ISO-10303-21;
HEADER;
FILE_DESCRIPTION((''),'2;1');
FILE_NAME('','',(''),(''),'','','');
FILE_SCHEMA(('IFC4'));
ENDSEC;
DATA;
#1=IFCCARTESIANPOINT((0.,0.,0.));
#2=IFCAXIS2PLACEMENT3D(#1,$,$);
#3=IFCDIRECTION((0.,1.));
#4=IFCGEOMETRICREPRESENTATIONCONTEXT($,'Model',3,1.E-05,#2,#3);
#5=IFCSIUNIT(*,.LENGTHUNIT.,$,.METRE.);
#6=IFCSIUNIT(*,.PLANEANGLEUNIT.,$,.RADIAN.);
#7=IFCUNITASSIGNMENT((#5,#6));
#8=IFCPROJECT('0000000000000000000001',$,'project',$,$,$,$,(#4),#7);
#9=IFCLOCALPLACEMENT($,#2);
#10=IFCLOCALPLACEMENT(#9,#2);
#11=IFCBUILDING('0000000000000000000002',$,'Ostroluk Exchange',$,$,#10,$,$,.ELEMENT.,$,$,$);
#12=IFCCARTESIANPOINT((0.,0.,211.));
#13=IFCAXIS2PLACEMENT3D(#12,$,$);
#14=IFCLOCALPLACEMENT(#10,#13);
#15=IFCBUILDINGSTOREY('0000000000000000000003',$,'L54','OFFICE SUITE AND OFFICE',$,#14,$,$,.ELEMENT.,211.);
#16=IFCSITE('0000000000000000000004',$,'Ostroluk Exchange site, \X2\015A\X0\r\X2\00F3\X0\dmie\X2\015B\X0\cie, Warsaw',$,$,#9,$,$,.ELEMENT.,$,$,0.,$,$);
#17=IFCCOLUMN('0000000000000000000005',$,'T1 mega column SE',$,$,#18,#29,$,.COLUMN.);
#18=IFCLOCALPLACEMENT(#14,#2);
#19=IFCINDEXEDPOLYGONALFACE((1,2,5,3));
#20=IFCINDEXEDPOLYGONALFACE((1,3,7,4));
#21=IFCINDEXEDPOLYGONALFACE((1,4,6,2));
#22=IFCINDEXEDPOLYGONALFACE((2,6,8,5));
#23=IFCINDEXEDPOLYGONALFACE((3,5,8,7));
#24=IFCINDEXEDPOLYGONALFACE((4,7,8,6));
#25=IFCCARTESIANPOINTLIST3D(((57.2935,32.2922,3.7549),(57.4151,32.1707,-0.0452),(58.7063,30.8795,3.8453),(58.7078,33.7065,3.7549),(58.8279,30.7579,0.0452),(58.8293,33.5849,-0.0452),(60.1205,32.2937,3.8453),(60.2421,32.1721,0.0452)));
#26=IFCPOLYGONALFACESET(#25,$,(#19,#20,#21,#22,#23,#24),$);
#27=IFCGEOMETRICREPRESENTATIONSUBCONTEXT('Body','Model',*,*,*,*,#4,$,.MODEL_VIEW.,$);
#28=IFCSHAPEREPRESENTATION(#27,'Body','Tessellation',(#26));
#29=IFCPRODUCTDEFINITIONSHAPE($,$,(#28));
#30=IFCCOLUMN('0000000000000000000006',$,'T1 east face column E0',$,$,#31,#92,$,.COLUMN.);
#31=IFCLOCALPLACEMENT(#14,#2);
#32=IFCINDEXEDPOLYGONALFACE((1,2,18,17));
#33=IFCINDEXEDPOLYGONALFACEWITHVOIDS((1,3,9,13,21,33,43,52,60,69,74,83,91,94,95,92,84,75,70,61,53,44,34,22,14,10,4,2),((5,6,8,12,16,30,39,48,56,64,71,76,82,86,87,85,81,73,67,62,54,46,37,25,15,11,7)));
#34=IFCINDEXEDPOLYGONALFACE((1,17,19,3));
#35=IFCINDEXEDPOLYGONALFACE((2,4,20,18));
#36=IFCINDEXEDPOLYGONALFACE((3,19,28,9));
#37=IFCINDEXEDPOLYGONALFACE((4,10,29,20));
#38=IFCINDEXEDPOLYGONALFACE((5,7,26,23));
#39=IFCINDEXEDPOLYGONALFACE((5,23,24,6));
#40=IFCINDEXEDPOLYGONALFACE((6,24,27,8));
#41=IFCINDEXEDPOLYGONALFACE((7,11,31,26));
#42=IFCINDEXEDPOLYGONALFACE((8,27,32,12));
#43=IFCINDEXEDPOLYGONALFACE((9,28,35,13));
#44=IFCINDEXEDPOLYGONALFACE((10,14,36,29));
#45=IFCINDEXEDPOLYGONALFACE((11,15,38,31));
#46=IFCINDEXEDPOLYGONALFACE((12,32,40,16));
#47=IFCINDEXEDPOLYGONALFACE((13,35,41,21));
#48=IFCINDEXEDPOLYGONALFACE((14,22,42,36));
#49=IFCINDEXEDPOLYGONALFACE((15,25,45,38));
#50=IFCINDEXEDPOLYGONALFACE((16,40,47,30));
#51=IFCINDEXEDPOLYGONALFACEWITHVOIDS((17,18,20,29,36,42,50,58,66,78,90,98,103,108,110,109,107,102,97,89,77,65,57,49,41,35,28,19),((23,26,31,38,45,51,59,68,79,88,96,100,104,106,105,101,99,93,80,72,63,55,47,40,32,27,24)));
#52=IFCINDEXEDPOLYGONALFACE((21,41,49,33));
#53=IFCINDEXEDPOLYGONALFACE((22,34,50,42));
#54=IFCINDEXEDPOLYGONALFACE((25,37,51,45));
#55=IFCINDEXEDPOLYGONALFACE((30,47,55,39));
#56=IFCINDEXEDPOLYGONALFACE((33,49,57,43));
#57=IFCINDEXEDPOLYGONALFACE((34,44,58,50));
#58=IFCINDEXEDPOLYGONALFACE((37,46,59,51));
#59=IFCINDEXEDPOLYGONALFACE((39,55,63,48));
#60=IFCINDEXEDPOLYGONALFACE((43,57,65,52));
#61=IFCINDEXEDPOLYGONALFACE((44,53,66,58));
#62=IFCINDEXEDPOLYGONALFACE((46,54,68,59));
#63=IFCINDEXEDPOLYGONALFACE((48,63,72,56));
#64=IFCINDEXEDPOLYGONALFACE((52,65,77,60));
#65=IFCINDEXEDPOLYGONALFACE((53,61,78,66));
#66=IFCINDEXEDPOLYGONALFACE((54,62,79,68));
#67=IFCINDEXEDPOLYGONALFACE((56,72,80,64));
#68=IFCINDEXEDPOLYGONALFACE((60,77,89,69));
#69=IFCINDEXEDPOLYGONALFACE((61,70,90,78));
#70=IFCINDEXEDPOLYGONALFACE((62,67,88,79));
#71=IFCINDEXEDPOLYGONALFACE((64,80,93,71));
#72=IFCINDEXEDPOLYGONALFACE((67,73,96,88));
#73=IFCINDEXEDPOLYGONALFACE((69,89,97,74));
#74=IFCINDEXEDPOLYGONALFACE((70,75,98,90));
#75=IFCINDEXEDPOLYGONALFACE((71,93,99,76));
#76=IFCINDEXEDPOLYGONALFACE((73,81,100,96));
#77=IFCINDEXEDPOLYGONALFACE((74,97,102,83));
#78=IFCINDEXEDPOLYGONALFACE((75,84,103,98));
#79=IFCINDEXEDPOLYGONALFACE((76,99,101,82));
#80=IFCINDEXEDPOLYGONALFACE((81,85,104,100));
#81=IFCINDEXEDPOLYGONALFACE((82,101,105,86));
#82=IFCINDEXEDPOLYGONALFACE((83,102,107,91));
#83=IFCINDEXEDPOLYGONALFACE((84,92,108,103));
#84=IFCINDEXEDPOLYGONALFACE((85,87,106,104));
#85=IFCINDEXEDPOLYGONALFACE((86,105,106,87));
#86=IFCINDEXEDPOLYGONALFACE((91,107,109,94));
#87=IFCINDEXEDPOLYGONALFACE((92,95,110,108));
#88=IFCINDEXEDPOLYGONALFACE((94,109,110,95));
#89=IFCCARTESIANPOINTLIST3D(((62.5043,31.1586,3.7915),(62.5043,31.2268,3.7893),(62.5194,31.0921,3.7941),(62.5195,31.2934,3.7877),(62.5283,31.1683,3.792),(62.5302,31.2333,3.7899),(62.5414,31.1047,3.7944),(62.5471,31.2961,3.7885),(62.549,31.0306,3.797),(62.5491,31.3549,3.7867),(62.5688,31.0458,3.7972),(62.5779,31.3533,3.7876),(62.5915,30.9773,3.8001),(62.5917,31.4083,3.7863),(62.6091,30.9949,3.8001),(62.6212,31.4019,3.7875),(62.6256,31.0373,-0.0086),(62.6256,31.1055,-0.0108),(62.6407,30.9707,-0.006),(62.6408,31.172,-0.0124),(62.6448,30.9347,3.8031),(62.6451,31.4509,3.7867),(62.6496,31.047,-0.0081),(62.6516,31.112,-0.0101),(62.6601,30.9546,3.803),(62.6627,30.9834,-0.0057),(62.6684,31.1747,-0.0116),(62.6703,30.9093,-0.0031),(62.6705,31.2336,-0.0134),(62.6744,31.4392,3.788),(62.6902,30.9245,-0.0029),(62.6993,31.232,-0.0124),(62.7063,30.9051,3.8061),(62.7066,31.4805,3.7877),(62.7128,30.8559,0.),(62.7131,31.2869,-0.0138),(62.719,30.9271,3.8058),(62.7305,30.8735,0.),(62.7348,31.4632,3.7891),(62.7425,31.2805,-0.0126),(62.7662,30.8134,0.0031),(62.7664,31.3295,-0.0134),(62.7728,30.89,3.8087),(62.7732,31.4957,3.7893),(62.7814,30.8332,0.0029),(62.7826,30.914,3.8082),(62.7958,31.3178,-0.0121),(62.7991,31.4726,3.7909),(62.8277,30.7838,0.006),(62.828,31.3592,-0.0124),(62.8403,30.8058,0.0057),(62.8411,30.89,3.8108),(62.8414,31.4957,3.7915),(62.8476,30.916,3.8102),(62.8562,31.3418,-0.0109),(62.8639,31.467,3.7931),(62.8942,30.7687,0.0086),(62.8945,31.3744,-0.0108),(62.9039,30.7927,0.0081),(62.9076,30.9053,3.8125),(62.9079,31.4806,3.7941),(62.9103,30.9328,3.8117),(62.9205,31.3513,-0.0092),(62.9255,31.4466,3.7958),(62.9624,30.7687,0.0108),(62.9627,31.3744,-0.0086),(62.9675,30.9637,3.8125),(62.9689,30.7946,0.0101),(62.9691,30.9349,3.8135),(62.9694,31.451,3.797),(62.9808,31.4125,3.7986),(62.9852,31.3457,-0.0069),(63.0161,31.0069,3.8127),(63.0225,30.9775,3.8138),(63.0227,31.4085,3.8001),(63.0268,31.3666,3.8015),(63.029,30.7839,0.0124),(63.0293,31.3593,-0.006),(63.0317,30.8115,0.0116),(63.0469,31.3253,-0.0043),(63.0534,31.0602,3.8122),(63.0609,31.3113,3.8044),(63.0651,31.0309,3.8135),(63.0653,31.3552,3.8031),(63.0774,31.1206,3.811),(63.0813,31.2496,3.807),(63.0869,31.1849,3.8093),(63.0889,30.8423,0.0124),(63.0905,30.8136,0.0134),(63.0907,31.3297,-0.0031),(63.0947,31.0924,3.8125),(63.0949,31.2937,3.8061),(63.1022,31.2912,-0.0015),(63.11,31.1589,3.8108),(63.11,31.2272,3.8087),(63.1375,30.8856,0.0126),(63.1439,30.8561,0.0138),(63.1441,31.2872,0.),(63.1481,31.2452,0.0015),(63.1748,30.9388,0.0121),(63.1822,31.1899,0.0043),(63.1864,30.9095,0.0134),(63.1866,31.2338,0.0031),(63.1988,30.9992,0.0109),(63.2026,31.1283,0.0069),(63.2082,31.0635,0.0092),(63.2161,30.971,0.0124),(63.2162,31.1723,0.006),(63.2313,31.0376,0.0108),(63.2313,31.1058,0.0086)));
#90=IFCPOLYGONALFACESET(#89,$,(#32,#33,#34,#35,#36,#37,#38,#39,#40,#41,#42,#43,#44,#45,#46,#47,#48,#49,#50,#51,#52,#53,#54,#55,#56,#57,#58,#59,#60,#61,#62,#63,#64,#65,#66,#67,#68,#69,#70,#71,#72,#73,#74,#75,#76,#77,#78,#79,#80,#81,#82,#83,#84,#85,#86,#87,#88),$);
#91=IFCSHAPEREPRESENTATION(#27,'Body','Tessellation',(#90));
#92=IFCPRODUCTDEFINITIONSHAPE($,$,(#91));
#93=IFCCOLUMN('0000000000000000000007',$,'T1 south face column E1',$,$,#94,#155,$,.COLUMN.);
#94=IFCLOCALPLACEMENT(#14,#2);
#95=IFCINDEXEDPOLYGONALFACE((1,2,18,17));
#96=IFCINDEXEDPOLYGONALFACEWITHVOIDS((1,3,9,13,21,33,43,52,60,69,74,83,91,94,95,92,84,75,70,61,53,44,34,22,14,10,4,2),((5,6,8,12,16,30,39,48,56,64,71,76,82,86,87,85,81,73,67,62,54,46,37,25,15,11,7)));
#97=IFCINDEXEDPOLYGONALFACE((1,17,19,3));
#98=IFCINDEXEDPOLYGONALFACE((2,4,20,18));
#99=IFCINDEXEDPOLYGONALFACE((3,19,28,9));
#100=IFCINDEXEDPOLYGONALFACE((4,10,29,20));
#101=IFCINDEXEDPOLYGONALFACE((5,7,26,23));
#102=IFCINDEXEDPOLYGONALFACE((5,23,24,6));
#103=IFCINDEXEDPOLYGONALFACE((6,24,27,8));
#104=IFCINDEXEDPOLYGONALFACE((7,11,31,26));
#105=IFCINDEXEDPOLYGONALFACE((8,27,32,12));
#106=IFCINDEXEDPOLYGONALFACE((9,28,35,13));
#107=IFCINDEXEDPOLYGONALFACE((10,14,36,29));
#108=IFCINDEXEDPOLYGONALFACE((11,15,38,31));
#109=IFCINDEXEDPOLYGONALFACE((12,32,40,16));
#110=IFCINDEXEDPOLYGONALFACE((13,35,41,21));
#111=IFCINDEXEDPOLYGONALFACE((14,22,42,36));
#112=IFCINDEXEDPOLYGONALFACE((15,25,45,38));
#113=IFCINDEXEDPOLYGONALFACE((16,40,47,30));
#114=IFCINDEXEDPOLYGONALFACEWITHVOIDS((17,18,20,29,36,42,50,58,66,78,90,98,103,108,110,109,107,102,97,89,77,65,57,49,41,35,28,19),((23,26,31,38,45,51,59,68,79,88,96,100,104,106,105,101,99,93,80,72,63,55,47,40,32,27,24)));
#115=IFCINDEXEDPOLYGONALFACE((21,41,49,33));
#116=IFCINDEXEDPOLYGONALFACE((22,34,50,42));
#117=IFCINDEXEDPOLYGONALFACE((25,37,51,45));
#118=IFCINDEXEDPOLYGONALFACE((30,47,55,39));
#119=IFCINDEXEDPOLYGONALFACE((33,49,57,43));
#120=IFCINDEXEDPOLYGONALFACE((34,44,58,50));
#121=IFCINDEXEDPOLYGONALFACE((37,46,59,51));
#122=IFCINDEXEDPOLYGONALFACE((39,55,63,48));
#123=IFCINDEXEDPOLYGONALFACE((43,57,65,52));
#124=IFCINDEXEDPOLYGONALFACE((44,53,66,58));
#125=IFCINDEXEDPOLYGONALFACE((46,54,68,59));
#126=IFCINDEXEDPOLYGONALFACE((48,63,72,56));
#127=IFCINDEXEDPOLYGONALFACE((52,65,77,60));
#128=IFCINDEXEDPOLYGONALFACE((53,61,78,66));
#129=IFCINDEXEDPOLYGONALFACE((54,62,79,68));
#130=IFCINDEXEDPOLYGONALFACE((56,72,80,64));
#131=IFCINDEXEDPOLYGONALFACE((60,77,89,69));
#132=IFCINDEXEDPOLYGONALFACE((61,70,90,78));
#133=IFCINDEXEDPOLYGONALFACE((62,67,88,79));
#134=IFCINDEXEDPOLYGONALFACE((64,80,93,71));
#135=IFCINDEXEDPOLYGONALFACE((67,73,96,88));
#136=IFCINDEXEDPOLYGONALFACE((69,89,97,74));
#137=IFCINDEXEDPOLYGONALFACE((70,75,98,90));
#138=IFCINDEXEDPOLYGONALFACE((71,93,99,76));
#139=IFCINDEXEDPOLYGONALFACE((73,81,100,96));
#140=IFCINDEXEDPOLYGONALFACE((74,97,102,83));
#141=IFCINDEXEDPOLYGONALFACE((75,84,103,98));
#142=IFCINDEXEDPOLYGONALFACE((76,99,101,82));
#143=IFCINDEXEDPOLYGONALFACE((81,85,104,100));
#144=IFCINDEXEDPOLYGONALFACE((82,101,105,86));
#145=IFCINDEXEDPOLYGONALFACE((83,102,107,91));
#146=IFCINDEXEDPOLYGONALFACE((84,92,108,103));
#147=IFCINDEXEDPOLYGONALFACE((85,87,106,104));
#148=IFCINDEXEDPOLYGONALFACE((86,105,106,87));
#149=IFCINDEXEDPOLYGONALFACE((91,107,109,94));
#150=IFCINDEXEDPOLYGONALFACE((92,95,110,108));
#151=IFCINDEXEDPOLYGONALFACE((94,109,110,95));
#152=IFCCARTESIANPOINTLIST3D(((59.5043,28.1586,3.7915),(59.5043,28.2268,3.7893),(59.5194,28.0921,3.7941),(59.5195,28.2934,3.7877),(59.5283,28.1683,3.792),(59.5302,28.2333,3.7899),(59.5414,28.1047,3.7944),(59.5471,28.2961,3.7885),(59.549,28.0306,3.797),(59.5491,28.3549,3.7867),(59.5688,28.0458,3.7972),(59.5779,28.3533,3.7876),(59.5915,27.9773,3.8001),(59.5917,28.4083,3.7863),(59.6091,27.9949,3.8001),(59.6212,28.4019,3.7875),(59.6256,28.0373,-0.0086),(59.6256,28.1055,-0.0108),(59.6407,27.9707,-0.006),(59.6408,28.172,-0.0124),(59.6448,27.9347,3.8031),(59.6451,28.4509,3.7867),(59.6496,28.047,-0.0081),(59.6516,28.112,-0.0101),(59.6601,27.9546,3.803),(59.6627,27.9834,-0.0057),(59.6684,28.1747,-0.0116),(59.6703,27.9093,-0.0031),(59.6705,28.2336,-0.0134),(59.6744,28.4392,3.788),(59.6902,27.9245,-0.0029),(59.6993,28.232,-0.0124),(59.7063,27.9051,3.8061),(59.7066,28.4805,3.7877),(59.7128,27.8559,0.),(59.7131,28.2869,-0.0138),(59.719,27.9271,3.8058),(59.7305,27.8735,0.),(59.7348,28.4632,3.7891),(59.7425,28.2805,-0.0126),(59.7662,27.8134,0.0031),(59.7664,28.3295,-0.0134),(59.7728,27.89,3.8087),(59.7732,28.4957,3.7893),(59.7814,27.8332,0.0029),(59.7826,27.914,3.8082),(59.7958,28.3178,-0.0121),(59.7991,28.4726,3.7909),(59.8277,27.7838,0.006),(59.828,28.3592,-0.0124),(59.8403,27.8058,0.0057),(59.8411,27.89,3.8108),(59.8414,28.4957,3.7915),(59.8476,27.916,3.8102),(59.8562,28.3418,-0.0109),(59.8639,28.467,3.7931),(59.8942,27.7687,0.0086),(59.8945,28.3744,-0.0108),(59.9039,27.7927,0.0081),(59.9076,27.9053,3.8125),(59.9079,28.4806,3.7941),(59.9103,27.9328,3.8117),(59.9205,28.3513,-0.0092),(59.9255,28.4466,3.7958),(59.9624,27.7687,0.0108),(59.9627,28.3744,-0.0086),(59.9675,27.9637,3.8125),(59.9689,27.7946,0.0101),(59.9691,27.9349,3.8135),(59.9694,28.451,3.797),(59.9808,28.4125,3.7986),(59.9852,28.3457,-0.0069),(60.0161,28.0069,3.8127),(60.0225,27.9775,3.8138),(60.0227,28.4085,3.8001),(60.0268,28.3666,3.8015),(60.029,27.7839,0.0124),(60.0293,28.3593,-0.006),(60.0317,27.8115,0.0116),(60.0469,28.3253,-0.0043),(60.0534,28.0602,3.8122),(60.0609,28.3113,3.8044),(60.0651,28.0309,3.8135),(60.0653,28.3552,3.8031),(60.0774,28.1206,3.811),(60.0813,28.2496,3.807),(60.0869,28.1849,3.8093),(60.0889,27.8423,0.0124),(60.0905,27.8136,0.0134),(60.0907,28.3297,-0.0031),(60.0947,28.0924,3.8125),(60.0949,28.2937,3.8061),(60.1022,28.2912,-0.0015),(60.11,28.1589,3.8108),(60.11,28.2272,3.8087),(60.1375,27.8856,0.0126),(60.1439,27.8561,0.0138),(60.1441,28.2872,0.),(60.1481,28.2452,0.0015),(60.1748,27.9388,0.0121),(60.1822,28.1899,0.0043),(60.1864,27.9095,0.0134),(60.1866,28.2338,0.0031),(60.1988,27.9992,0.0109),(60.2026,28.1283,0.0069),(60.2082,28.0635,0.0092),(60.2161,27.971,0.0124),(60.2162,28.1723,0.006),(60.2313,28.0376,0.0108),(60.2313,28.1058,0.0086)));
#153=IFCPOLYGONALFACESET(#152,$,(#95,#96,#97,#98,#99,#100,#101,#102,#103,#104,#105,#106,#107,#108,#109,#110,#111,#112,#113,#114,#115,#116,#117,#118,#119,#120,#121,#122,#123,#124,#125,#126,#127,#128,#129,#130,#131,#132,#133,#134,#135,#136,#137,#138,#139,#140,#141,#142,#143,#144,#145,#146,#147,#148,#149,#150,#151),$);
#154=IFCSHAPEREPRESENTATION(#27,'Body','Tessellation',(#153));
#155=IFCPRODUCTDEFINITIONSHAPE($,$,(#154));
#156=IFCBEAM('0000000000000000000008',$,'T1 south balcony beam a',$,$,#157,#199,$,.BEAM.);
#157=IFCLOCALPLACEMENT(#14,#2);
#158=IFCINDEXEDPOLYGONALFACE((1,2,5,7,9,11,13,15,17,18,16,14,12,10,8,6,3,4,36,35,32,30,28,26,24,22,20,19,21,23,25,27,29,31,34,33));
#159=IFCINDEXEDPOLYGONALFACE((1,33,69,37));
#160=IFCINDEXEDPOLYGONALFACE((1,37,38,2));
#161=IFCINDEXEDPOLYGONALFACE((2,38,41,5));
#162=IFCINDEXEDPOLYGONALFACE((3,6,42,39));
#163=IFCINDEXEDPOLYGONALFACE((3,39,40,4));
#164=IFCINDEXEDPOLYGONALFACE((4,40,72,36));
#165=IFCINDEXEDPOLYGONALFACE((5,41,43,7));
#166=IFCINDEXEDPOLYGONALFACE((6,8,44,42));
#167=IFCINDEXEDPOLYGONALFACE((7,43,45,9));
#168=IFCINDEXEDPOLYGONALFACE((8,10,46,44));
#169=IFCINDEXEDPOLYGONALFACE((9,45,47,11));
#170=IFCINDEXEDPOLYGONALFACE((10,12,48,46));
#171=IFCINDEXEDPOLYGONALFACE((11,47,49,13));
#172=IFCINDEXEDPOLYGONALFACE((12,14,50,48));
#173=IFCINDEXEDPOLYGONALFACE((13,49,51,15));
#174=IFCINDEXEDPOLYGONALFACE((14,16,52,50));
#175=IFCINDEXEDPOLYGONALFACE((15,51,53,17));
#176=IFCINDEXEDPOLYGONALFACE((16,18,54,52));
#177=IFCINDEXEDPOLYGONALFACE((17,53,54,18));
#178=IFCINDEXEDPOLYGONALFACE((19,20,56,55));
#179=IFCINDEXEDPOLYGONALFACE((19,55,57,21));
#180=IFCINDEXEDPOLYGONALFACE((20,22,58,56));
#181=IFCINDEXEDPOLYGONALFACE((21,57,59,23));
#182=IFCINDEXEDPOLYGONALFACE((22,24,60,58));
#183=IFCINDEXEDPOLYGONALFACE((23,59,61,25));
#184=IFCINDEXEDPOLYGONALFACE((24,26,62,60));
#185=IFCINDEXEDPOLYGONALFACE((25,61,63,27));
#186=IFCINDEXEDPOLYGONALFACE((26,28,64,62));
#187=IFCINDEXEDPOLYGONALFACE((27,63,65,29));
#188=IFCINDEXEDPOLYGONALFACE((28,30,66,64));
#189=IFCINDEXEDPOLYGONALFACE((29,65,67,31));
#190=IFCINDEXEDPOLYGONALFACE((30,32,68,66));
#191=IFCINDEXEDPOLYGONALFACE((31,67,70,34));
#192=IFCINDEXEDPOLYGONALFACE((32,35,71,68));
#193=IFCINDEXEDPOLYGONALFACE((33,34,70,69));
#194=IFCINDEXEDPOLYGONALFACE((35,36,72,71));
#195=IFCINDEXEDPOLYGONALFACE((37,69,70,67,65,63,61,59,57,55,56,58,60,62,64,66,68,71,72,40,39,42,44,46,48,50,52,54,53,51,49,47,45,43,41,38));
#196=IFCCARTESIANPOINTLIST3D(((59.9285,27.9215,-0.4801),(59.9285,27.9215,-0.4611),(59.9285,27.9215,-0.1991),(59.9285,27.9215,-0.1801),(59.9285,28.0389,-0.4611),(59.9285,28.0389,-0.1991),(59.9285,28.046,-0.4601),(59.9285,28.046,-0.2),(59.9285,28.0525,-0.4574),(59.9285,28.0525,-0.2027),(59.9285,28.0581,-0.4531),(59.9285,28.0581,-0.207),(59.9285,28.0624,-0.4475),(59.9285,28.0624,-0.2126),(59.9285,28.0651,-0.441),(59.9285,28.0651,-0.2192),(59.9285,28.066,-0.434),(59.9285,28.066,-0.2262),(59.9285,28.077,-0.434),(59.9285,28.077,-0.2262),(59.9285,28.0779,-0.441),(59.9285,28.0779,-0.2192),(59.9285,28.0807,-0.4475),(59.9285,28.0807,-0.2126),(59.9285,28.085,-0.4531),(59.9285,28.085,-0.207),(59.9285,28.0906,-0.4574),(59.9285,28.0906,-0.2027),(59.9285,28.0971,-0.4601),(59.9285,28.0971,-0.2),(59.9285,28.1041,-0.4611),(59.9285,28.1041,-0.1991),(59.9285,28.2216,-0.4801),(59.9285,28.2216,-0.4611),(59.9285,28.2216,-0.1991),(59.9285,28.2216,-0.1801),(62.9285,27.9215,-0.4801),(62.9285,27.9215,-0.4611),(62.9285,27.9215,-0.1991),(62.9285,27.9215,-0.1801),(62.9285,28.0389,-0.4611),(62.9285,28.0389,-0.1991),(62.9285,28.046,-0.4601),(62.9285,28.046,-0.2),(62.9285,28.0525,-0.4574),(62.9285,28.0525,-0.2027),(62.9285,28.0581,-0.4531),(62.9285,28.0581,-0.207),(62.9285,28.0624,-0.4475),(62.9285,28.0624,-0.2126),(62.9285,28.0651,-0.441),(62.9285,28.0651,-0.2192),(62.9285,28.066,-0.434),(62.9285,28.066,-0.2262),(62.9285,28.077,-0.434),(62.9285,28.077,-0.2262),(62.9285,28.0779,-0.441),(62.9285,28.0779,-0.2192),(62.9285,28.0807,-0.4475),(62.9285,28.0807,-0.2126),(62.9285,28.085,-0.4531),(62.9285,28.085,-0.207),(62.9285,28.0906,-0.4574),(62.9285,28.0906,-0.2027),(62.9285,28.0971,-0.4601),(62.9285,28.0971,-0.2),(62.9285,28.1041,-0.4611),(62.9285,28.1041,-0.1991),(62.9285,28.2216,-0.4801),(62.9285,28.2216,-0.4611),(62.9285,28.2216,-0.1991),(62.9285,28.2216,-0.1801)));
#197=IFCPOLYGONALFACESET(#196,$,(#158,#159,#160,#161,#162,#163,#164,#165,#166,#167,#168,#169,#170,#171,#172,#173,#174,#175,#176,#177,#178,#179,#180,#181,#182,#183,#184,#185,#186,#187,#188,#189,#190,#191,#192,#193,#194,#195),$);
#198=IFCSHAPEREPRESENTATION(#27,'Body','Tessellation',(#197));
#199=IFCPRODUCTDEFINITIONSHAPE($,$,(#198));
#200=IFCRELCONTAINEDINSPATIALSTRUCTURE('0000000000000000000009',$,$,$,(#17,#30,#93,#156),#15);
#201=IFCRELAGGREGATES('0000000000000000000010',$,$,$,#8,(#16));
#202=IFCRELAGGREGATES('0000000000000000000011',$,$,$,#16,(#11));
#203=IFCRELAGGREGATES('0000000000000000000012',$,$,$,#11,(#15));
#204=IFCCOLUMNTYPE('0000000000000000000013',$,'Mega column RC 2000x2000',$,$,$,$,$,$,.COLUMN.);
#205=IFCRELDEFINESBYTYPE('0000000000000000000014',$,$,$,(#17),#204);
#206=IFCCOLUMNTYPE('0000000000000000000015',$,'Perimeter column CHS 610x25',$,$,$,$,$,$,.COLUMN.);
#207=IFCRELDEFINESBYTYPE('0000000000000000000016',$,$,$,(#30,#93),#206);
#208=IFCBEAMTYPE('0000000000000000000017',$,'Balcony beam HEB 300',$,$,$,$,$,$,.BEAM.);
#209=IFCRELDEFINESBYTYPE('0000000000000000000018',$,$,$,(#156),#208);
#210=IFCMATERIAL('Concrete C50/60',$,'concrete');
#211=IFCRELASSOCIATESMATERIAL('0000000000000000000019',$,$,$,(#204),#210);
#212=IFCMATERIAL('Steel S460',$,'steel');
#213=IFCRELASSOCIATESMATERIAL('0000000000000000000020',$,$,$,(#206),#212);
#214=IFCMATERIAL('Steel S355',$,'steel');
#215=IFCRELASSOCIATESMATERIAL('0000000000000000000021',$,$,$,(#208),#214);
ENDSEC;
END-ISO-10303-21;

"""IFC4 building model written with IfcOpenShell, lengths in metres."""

from ifc_helpers import new_model, si_unit, direction, frame, origin, origin_2d, place, context, subcontext, project, spatial, rectangle, hollow_circle, i_section, extrude, material, material_profile, profile_set, type_object, element, save


model = new_model("IFC4")

# Units and contexts
model_context = context("Model", 3, precision=1e-05, world=origin(), true_north=direction((0.0, 1.0)))
body_context = subcontext(model_context, "Body", "Model", "MODEL_VIEW")
ifc_project = project(units=[si_unit("LENGTHUNIT", "METRE"), si_unit("PLANEANGLEUNIT", "RADIAN")], contexts=[model_context])

# Site, building, storey
site_placement = place(None, origin())
site = spatial("IfcSite", under=ifc_project, at=site_placement, Name="Ostroluk Exchange site, Śródmieście, Warsaw", CompositionType="ELEMENT", RefElevation=0.0)
building_placement = place(site_placement, origin())
building = spatial("IfcBuilding", under=site, at=building_placement, Name="Ostroluk Exchange", CompositionType="ELEMENT")
storey_placement = place(building_placement, frame((0.0, 0.0, 211.0)))
storey = spatial("IfcBuildingStorey", under=building, at=storey_placement, Name="L54", Description="OFFICE SUITE AND OFFICE", CompositionType="ELEMENT", Elevation=211.0)

# Columns
ifc_material_1 = material(Name="Concrete C50/60", Category="concrete")
ifc_material_profile_1 = material_profile(ifc_material_1, rectangle(XDim=2.0, YDim=2.0, at=origin_2d()), Name="RC 2000x2000")
ifc_profile_set_1 = profile_set([ifc_material_profile_1], Name="Concrete C50/60")
column_type_1 = type_object("IfcColumnType", Name="Mega column RC 2000x2000", PredefinedType="COLUMN", material=ifc_profile_set_1)
column_placement = place(storey_placement, frame((58.8286, 32.1714, 0.0), z_axis=(-0.031962, 0.031962, 0.998978), x_axis=(-0.707107, -0.707107, 0.0)))
element("IfcColumn", 1, at=column_placement, inside=storey, type_object=column_type_1, Name="T1 mega column SE", PredefinedType="COLUMN", context=body_context, shape_type="SweptSolid", body=[
    extrude(rectangle(XDim=2.0, YDim=2.0, at=origin_2d()), origin(), (0.0, 0.0, 1.0), 3.804),
])
ifc_material_2 = material(Name="Steel S460", Category="steel")
ifc_material_profile_2 = material_profile(ifc_material_2, hollow_circle(Radius=0.3049, WallThickness=0.0249, at=origin_2d()), Name="CHS 610x25")
ifc_profile_set_2 = profile_set([ifc_material_profile_2], Name="Steel S460")
column_type_2 = type_object("IfcColumnType", Name="Perimeter column CHS 610x25", PredefinedType="COLUMN", material=ifc_profile_set_2)
for number, where, z_axis, x_axis, name in (
    (2, (62.9285, 31.0715, 0.0), (-0.031898, 0.031898, 0.998982), (-0.707107, -0.707107, 0.0), "T1 east face column E0"),
    (3, (59.9285, 28.0715, 0.0), (-0.031898, 0.031898, 0.998982), (-0.707107, -0.707107, 0.0), "T1 south face column E1"),
):
    element("IfcColumn", number, at=place(storey_placement, frame(where, z_axis=z_axis, x_axis=x_axis)), inside=storey, type_object=column_type_2, Name=name, PredefinedType="COLUMN", context=body_context, shape_type="SweptSolid", body=[
        extrude(hollow_circle(Radius=0.3049, WallThickness=0.0249, at=origin_2d()), origin(), (0.0, 0.0, 1.0), 3.804),
    ])

# Beam
ifc_material_3 = material(Name="Steel S355", Category="steel")
ifc_material_profile_3 = material_profile(ifc_material_3, i_section(OverallWidth=0.3, OverallDepth=0.3, WebThickness=0.011, FlangeThickness=0.019, FilletRadius=0.0271, at=origin_2d()), Name="HEB 300")
ifc_profile_set_3 = profile_set([ifc_material_profile_3], Name="Steel S355")
beam_type_1 = type_object("IfcBeamType", Name="Balcony beam HEB 300", PredefinedType="BEAM", material=ifc_profile_set_3)
for number, where, z_axis, x_axis, name in (
    (4, (59.9285, 28.0715, -0.3301), (1.0, 0.0, 0.0), (0.0, 1.0, 0.0), "T1 south balcony beam a"),
):
    element("IfcBeam", number, at=place(storey_placement, frame(where, z_axis=z_axis, x_axis=x_axis)), inside=storey, type_object=beam_type_1, Name=name, PredefinedType="BEAM", context=body_context, shape_type="SweptSolid", body=[
        extrude(i_section(OverallWidth=0.3, OverallDepth=0.3, WebThickness=0.011, FlangeThickness=0.019, FilletRadius=0.0271, at=origin_2d()), origin(), (0.0, 0.0, 1.0), 3.0),
    ])

save(model, "model.ifc")
